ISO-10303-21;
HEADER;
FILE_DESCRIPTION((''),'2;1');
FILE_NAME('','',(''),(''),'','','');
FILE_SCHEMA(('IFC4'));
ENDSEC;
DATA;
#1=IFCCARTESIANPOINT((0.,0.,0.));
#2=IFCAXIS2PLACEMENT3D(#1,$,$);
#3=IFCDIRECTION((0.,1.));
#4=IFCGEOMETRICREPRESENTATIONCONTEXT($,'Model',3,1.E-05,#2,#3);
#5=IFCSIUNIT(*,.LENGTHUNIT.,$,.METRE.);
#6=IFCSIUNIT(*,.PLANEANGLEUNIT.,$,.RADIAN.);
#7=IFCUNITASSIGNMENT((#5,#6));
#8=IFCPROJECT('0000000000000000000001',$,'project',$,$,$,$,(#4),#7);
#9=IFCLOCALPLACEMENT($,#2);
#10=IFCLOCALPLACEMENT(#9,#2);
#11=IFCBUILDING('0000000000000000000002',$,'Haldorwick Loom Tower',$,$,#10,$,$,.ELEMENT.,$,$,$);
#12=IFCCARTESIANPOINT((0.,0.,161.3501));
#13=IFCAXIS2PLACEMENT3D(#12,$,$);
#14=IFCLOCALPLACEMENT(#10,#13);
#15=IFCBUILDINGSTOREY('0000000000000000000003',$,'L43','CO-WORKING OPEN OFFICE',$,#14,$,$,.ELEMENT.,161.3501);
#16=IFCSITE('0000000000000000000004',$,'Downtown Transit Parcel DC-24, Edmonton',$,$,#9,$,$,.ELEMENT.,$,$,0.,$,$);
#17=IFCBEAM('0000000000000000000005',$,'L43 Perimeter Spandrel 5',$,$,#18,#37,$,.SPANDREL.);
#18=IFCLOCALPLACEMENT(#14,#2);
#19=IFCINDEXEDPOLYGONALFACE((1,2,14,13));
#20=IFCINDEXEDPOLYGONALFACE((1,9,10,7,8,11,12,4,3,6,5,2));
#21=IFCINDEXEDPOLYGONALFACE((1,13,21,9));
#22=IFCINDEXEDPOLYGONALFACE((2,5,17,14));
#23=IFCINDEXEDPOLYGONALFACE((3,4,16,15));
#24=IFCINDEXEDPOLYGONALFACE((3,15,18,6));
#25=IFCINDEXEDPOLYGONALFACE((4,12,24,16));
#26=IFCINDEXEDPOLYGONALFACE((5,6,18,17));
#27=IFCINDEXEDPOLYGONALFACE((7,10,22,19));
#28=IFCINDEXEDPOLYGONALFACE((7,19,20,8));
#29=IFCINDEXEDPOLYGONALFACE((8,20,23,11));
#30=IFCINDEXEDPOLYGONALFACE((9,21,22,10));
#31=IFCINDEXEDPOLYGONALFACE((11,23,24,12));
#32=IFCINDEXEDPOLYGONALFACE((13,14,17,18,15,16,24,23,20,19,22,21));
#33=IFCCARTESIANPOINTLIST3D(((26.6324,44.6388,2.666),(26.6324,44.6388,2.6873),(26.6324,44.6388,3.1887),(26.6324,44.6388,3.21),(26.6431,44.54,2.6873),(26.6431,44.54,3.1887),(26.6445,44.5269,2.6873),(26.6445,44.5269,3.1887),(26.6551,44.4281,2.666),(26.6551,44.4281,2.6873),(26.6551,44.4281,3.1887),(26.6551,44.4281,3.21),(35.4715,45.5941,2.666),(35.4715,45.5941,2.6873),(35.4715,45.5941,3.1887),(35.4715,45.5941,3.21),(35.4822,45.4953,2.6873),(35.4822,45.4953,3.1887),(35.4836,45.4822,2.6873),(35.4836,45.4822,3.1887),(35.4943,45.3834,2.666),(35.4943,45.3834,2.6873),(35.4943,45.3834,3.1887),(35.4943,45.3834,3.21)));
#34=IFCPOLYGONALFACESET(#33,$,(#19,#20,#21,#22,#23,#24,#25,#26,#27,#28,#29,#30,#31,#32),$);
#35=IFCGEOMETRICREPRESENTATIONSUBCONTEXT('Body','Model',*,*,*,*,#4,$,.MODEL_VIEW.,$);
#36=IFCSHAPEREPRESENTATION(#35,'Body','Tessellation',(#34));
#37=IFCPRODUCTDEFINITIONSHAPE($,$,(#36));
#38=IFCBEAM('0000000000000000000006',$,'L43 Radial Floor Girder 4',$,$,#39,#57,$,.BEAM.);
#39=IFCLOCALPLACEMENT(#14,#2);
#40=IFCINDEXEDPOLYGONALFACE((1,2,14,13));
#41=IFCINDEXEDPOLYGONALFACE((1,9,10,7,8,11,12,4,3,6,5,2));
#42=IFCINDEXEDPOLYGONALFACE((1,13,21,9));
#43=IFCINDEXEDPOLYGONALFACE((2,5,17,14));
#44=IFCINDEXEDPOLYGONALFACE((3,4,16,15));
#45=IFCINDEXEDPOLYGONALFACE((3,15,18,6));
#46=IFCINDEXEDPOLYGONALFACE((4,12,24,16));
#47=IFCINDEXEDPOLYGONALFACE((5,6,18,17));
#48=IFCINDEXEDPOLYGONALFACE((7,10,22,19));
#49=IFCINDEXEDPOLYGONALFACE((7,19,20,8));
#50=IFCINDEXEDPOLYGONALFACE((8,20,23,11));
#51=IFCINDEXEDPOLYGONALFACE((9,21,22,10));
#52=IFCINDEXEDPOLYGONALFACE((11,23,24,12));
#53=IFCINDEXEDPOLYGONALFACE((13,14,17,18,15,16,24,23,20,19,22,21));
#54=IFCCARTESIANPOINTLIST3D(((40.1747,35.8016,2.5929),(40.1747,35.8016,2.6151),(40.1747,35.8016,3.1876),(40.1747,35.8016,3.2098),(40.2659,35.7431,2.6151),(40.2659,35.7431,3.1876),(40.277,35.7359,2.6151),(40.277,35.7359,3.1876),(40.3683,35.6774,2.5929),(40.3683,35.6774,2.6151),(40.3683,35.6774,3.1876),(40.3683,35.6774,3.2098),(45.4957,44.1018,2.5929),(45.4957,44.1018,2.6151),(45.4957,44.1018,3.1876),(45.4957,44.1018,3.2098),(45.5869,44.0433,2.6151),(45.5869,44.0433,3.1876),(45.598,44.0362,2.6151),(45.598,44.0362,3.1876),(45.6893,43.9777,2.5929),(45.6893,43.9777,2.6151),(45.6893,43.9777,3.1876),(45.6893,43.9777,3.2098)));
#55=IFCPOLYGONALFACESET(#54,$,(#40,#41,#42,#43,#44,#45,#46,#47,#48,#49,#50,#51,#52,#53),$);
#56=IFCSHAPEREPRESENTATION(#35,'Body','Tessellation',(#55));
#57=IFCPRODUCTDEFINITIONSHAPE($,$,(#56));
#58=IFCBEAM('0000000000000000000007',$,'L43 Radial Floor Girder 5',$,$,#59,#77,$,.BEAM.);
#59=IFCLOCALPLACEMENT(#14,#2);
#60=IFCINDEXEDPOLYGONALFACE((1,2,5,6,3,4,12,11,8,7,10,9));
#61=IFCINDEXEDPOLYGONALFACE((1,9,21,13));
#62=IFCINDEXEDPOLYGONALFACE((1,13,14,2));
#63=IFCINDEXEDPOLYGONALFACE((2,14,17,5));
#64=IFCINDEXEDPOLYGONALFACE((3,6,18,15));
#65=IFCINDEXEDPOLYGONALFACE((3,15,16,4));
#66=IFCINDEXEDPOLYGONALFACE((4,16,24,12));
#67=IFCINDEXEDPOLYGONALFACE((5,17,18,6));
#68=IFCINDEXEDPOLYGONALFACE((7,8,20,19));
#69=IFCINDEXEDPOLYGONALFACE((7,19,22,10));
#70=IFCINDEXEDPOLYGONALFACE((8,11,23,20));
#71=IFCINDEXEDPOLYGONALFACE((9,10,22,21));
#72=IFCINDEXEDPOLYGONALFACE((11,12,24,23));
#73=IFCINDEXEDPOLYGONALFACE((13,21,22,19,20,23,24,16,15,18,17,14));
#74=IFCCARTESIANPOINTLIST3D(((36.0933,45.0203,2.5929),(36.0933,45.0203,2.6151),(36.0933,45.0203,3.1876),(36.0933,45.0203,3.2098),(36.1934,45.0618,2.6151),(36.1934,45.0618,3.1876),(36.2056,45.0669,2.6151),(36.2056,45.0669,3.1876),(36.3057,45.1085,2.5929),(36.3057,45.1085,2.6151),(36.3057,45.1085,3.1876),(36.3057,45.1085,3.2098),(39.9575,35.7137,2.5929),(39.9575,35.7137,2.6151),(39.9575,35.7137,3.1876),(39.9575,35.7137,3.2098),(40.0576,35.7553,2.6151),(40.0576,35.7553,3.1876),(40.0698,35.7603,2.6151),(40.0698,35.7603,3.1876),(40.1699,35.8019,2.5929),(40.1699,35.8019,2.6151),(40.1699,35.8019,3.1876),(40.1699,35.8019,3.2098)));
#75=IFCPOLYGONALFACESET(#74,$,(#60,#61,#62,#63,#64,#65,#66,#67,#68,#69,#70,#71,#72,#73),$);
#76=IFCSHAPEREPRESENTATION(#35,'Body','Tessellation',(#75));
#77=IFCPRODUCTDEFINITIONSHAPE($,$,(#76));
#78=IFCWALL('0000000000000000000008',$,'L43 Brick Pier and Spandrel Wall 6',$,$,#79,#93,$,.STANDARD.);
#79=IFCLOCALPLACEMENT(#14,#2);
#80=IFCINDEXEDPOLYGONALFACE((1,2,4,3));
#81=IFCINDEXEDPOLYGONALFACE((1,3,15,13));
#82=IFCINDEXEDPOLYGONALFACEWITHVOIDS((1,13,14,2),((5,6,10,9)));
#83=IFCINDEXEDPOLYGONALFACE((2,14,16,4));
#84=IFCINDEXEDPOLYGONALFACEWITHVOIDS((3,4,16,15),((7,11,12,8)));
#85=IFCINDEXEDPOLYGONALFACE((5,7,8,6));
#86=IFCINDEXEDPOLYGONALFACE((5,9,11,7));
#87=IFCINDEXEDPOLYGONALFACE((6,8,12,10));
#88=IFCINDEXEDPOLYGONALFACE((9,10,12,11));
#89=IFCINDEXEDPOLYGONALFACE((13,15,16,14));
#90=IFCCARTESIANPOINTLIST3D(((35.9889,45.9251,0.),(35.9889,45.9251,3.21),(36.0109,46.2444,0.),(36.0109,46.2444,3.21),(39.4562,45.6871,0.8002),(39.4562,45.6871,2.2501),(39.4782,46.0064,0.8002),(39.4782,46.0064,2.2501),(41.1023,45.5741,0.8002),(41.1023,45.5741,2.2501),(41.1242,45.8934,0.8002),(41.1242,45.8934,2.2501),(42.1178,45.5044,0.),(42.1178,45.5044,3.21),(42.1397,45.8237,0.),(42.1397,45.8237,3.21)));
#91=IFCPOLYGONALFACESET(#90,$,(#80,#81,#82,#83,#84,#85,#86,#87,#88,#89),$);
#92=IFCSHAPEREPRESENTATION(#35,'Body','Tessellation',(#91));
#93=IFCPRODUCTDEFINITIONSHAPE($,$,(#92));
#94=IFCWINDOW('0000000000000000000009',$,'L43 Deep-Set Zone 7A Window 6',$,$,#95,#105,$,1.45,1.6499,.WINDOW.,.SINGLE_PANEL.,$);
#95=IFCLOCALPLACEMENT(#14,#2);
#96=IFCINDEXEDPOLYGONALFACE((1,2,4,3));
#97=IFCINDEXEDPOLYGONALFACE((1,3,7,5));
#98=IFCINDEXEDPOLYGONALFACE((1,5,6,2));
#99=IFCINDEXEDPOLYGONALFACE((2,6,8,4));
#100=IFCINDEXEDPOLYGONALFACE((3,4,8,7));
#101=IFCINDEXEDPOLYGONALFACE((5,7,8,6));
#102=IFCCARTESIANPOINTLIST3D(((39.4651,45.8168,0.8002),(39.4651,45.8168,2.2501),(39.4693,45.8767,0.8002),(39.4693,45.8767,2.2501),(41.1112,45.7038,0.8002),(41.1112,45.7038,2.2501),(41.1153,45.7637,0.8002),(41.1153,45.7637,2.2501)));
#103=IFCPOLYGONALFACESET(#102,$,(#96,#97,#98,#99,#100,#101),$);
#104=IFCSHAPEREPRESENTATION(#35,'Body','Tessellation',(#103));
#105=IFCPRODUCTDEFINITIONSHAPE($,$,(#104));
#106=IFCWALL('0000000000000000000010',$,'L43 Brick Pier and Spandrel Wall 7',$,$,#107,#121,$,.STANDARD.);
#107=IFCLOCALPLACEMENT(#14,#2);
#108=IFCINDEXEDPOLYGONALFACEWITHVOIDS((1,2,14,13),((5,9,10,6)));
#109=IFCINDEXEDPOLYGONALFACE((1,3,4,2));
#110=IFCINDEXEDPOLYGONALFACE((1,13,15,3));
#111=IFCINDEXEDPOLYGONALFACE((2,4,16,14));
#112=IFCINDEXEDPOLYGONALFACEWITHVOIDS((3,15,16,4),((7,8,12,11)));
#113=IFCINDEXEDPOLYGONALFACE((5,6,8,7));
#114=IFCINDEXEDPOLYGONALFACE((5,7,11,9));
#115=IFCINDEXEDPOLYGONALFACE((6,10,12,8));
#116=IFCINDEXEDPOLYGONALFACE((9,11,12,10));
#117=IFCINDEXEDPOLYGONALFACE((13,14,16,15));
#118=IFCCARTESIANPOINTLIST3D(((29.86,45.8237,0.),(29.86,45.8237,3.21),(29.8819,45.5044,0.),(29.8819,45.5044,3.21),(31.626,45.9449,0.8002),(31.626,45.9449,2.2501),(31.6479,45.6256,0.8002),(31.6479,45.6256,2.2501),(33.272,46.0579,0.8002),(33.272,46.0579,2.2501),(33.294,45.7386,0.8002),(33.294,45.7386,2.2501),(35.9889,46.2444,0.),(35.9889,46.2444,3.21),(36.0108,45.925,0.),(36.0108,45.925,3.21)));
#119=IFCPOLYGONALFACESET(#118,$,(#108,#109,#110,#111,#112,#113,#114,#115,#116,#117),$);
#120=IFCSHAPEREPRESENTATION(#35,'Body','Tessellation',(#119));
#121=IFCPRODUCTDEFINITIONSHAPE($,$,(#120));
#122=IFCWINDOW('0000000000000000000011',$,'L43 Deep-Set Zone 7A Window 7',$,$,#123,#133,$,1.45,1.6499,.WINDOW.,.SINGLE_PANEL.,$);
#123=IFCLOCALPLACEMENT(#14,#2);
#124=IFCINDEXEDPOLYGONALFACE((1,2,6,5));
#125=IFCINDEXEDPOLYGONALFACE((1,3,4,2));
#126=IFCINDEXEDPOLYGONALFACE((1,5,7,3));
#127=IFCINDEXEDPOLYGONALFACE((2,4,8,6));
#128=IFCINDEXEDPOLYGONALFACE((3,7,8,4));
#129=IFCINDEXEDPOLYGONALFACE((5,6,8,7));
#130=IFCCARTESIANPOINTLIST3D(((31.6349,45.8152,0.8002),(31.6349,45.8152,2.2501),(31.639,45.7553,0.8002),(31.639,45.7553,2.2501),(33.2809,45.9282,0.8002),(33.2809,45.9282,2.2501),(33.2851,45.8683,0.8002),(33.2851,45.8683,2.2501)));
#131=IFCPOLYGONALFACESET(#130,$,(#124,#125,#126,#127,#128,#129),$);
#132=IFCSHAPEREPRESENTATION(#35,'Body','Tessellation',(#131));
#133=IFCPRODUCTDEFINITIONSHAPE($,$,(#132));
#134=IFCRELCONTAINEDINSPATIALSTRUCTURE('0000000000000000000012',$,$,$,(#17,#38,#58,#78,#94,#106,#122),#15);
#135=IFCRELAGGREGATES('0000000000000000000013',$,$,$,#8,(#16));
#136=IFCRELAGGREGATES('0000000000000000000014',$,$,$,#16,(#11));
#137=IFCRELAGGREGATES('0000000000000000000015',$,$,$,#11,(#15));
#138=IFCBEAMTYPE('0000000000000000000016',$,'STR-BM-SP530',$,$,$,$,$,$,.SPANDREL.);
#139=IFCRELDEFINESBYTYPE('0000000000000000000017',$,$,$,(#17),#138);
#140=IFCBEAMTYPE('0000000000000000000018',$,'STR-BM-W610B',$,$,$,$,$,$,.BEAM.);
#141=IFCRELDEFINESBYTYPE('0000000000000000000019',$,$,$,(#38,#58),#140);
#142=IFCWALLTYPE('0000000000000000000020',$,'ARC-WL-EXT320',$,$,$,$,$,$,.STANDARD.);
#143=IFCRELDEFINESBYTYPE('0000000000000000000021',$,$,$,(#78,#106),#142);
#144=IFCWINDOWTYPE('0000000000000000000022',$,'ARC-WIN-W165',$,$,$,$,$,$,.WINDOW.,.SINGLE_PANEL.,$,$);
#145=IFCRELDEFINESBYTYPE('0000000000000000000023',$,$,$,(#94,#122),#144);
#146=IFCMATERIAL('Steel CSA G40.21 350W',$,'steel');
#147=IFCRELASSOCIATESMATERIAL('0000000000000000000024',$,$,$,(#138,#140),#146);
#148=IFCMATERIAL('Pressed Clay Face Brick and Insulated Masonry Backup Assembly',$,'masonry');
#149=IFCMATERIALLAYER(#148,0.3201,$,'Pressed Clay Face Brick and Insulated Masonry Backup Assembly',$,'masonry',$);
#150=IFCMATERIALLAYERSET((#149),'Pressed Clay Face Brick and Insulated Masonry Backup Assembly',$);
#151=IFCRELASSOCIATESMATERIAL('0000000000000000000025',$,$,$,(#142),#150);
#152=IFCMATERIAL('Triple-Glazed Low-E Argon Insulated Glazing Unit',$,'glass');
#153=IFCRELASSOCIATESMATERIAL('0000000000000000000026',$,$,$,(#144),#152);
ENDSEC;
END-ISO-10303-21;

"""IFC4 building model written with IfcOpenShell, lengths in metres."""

from ifc_helpers import new_model, si_unit, direction, frame, frame_2d, origin, origin_2d, place, context, subcontext, project, spatial, rectangle, i_section, extrude, material, layer, layer_set, material_profile, profile_set, type_object, element, fill, save


model = new_model("IFC4")

# Units and contexts
model_context = context("Model", 3, precision=1e-05, world=origin(), true_north=direction((0.0, 1.0)))
body_context = subcontext(model_context, "Body", "Model", "MODEL_VIEW")
ifc_project = project(units=[si_unit("LENGTHUNIT", "METRE"), si_unit("PLANEANGLEUNIT", "RADIAN")], contexts=[model_context])

# Site, building, storey
site_placement = place(None, origin())
site = spatial("IfcSite", under=ifc_project, at=site_placement, Name="Downtown Transit Parcel DC-24, Edmonton", CompositionType="ELEMENT", RefElevation=0.0)
building_placement = place(site_placement, origin())
building = spatial("IfcBuilding", under=site, at=building_placement, Name="Haldorwick Loom Tower", CompositionType="ELEMENT")
storey_placement = place(building_placement, frame((0.0, 0.0, 161.3501)))
storey = spatial("IfcBuildingStorey", under=building, at=storey_placement, Name="L43", Description="CO-WORKING OPEN OFFICE", CompositionType="ELEMENT", Elevation=161.3501)

# Beams
ifc_material_1 = material(Name="Steel CSA G40.21 350W", Category="steel")
ifc_material_profile_1 = material_profile(ifc_material_1, i_section(OverallWidth=0.2119, OverallDepth=0.5439, WebThickness=0.0132, FlangeThickness=0.0212, at=origin_2d()), Name="W530X123", Category="steel")
ifc_profile_set_1 = profile_set([ifc_material_profile_1], Name="Steel CSA G40.21 350W")
beam_type_1 = type_object("IfcBeamType", Name="STR-BM-SP530", PredefinedType="SPANDREL", material=ifc_profile_set_1)
for number, where, z_axis, x_axis, name in (
    (1, (35.4829, 45.4888, 2.938), (-0.99421, -0.107453, 0.0), (0.107453, -0.99421, 0.0), "L43 Perimeter Spandrel 5"),
):
    element("IfcBeam", number, at=place(storey_placement, frame(where, z_axis=z_axis, x_axis=x_axis)), inside=storey, type_object=beam_type_1, Name=name, PredefinedType="SPANDREL", context=body_context, shape_type="SweptSolid", body=[
        extrude(i_section(OverallWidth=0.2119, OverallDepth=0.5439, WebThickness=0.0132, FlangeThickness=0.0212, at=origin_2d()), origin(), (0.0, 0.0, 1.0), 8.8906),
    ])
ifc_material_profile_2 = material_profile(ifc_material_1, i_section(OverallWidth=0.23, OverallDepth=0.6169, WebThickness=0.0132, FlangeThickness=0.0222, at=origin_2d()), Name="W610X140", Category="steel")
ifc_profile_set_2 = profile_set([ifc_material_profile_2], Name="Steel CSA G40.21 350W")
beam_type_2 = type_object("IfcBeamType", Name="STR-BM-W610B", PredefinedType="BEAM", material=ifc_profile_set_2)
beam_1_placement = place(storey_placement, frame((40.2715, 35.7395, 2.9014), z_axis=(0.539691, 0.841863, 0.0), x_axis=(-0.841863, 0.539691, 0.0)))
element("IfcBeam", 2, at=beam_1_placement, inside=storey, type_object=beam_type_2, Name="L43 Radial Floor Girder 4", PredefinedType="BEAM", context=body_context, shape_type="SweptSolid", body=[
    extrude(i_section(OverallWidth=0.23, OverallDepth=0.6169, WebThickness=0.0132, FlangeThickness=0.0222, at=origin_2d()), origin(), (0.0, 0.0, 1.0), 9.8594),
])
beam_2_placement = place(storey_placement, frame((40.0637, 35.7578, 2.9014), z_axis=(-0.383473, 0.923552, 0.0), x_axis=(-0.923552, -0.383473, 0.0)))
element("IfcBeam", 3, at=beam_2_placement, inside=storey, type_object=beam_type_2, Name="L43 Radial Floor Girder 5", PredefinedType="BEAM", context=body_context, shape_type="SweptSolid", body=[
    extrude(i_section(OverallWidth=0.23, OverallDepth=0.6169, WebThickness=0.0132, FlangeThickness=0.0222, at=origin_2d()), origin(), (0.0, 0.0, 1.0), 10.0769),
])

# Walls, openings, windows
ifc_material_2 = material(Name="Pressed Clay Face Brick and Insulated Masonry Backup Assembly", Category="masonry")
ifc_layer = layer(ifc_material_2, 0.3201, Name="Pressed Clay Face Brick and Insulated Masonry Backup Assembly", Category="masonry")
ifc_layer_set = layer_set([ifc_layer], Name="Pressed Clay Face Brick and Insulated Masonry Backup Assembly")
wall_type = type_object("IfcWallType", Name="ARC-WL-EXT320", PredefinedType="STANDARD", material=ifc_layer_set)
wall_1_placement = place(storey_placement, frame((42.1289, 45.6641, 0.0), z_axis=(0.0, 0.0, 1.0), x_axis=(-0.997653, 0.068473, 0.0)))
wall_1 = element("IfcWall", 4, at=wall_1_placement, inside=storey, type_object=wall_type, Name="L43 Brick Pier and Spandrel Wall 6", PredefinedType="STANDARD", context=body_context, shape_type="SweptSolid", body=[
    extrude(rectangle(XDim=6.1433, YDim=0.3201, at=frame_2d((3.0718, 0.0))), origin(), (0.0, 0.0, 1.0), 3.21),
])
opening_1_placement = place(wall_1_placement, frame((1.0181, 0.0, 0.8)))
opening_1 = element("IfcOpeningElement", 5, at=opening_1_placement, cuts=wall_1, PredefinedType="OPENING", context=body_context, shape_type="SweptSolid", body=[
    extrude(rectangle(XDim=1.6499, YDim=1.45, at=frame_2d((0.825, 0.7251))), frame((0.0, 0.1699, 0.0), z_axis=(0.0, -1.0, 0.0), x_axis=(1.0, 0.0, 0.0)), (0.0, 0.0, 1.0), 0.3401),
])
ifc_material_3 = material(Name="Triple-Glazed Low-E Argon Insulated Glazing Unit", Category="glass")
window_type = type_object("IfcWindowType", Name="ARC-WIN-W165", PartitioningType="SINGLE_PANEL", PredefinedType="WINDOW", material=ifc_material_3)
window_1_placement = place(opening_1_placement, origin())
window_1 = element("IfcWindow", 6, at=window_1_placement, inside=storey, type_object=window_type, Name="L43 Deep-Set Zone 7A Window 6", OverallHeight=1.45, OverallWidth=1.6499, PartitioningType="SINGLE_PANEL", PredefinedType="WINDOW", context=body_context, shape_type="SweptSolid", body=[
    extrude(rectangle(XDim=1.6499, YDim=1.45, at=frame_2d((0.825, 0.7251))), frame((0.0, 0.03, 0.0), z_axis=(0.0, -1.0, 0.0), x_axis=(1.0, 0.0, 0.0)), (0.0, 0.0, 1.0), 0.0601),
])
fill(opening_1, window_1)
wall_2_placement = place(storey_placement, frame((36.0, 46.0847, 0.0), z_axis=(0.0, 0.0, 1.0), x_axis=(-0.997653, -0.068473, 0.0)))
wall_2 = element("IfcWall", 7, at=wall_2_placement, inside=storey, type_object=wall_type, Name="L43 Brick Pier and Spandrel Wall 7", PredefinedType="STANDARD", context=body_context, shape_type="SweptSolid", body=[
    extrude(rectangle(XDim=6.1433, YDim=0.3201, at=frame_2d((3.0718, 0.0))), origin(), (0.0, 0.0, 1.0), 3.21),
])
opening_2_placement = place(wall_2_placement, frame((2.7234, 0.0, 0.8)))
opening_2 = element("IfcOpeningElement", 8, at=opening_2_placement, cuts=wall_2, PredefinedType="OPENING", context=body_context, shape_type="SweptSolid", body=[
    extrude(rectangle(XDim=1.6499, YDim=1.45, at=frame_2d((0.825, 0.7251))), frame((0.0, 0.1699, 0.0), z_axis=(0.0, -1.0, 0.0), x_axis=(1.0, 0.0, 0.0)), (0.0, 0.0, 1.0), 0.3401),
])
window_2_placement = place(opening_2_placement, origin())
window_2 = element("IfcWindow", 9, at=window_2_placement, inside=storey, type_object=window_type, Name="L43 Deep-Set Zone 7A Window 7", OverallHeight=1.45, OverallWidth=1.6499, PartitioningType="SINGLE_PANEL", PredefinedType="WINDOW", context=body_context, shape_type="SweptSolid", body=[
    extrude(rectangle(XDim=1.6499, YDim=1.45, at=frame_2d((0.825, 0.7251))), frame((0.0, 0.03, 0.0), z_axis=(0.0, -1.0, 0.0), x_axis=(1.0, 0.0, 0.0)), (0.0, 0.0, 1.0), 0.0601),
])
fill(opening_2, window_2)

save(model, "model.ifc")
